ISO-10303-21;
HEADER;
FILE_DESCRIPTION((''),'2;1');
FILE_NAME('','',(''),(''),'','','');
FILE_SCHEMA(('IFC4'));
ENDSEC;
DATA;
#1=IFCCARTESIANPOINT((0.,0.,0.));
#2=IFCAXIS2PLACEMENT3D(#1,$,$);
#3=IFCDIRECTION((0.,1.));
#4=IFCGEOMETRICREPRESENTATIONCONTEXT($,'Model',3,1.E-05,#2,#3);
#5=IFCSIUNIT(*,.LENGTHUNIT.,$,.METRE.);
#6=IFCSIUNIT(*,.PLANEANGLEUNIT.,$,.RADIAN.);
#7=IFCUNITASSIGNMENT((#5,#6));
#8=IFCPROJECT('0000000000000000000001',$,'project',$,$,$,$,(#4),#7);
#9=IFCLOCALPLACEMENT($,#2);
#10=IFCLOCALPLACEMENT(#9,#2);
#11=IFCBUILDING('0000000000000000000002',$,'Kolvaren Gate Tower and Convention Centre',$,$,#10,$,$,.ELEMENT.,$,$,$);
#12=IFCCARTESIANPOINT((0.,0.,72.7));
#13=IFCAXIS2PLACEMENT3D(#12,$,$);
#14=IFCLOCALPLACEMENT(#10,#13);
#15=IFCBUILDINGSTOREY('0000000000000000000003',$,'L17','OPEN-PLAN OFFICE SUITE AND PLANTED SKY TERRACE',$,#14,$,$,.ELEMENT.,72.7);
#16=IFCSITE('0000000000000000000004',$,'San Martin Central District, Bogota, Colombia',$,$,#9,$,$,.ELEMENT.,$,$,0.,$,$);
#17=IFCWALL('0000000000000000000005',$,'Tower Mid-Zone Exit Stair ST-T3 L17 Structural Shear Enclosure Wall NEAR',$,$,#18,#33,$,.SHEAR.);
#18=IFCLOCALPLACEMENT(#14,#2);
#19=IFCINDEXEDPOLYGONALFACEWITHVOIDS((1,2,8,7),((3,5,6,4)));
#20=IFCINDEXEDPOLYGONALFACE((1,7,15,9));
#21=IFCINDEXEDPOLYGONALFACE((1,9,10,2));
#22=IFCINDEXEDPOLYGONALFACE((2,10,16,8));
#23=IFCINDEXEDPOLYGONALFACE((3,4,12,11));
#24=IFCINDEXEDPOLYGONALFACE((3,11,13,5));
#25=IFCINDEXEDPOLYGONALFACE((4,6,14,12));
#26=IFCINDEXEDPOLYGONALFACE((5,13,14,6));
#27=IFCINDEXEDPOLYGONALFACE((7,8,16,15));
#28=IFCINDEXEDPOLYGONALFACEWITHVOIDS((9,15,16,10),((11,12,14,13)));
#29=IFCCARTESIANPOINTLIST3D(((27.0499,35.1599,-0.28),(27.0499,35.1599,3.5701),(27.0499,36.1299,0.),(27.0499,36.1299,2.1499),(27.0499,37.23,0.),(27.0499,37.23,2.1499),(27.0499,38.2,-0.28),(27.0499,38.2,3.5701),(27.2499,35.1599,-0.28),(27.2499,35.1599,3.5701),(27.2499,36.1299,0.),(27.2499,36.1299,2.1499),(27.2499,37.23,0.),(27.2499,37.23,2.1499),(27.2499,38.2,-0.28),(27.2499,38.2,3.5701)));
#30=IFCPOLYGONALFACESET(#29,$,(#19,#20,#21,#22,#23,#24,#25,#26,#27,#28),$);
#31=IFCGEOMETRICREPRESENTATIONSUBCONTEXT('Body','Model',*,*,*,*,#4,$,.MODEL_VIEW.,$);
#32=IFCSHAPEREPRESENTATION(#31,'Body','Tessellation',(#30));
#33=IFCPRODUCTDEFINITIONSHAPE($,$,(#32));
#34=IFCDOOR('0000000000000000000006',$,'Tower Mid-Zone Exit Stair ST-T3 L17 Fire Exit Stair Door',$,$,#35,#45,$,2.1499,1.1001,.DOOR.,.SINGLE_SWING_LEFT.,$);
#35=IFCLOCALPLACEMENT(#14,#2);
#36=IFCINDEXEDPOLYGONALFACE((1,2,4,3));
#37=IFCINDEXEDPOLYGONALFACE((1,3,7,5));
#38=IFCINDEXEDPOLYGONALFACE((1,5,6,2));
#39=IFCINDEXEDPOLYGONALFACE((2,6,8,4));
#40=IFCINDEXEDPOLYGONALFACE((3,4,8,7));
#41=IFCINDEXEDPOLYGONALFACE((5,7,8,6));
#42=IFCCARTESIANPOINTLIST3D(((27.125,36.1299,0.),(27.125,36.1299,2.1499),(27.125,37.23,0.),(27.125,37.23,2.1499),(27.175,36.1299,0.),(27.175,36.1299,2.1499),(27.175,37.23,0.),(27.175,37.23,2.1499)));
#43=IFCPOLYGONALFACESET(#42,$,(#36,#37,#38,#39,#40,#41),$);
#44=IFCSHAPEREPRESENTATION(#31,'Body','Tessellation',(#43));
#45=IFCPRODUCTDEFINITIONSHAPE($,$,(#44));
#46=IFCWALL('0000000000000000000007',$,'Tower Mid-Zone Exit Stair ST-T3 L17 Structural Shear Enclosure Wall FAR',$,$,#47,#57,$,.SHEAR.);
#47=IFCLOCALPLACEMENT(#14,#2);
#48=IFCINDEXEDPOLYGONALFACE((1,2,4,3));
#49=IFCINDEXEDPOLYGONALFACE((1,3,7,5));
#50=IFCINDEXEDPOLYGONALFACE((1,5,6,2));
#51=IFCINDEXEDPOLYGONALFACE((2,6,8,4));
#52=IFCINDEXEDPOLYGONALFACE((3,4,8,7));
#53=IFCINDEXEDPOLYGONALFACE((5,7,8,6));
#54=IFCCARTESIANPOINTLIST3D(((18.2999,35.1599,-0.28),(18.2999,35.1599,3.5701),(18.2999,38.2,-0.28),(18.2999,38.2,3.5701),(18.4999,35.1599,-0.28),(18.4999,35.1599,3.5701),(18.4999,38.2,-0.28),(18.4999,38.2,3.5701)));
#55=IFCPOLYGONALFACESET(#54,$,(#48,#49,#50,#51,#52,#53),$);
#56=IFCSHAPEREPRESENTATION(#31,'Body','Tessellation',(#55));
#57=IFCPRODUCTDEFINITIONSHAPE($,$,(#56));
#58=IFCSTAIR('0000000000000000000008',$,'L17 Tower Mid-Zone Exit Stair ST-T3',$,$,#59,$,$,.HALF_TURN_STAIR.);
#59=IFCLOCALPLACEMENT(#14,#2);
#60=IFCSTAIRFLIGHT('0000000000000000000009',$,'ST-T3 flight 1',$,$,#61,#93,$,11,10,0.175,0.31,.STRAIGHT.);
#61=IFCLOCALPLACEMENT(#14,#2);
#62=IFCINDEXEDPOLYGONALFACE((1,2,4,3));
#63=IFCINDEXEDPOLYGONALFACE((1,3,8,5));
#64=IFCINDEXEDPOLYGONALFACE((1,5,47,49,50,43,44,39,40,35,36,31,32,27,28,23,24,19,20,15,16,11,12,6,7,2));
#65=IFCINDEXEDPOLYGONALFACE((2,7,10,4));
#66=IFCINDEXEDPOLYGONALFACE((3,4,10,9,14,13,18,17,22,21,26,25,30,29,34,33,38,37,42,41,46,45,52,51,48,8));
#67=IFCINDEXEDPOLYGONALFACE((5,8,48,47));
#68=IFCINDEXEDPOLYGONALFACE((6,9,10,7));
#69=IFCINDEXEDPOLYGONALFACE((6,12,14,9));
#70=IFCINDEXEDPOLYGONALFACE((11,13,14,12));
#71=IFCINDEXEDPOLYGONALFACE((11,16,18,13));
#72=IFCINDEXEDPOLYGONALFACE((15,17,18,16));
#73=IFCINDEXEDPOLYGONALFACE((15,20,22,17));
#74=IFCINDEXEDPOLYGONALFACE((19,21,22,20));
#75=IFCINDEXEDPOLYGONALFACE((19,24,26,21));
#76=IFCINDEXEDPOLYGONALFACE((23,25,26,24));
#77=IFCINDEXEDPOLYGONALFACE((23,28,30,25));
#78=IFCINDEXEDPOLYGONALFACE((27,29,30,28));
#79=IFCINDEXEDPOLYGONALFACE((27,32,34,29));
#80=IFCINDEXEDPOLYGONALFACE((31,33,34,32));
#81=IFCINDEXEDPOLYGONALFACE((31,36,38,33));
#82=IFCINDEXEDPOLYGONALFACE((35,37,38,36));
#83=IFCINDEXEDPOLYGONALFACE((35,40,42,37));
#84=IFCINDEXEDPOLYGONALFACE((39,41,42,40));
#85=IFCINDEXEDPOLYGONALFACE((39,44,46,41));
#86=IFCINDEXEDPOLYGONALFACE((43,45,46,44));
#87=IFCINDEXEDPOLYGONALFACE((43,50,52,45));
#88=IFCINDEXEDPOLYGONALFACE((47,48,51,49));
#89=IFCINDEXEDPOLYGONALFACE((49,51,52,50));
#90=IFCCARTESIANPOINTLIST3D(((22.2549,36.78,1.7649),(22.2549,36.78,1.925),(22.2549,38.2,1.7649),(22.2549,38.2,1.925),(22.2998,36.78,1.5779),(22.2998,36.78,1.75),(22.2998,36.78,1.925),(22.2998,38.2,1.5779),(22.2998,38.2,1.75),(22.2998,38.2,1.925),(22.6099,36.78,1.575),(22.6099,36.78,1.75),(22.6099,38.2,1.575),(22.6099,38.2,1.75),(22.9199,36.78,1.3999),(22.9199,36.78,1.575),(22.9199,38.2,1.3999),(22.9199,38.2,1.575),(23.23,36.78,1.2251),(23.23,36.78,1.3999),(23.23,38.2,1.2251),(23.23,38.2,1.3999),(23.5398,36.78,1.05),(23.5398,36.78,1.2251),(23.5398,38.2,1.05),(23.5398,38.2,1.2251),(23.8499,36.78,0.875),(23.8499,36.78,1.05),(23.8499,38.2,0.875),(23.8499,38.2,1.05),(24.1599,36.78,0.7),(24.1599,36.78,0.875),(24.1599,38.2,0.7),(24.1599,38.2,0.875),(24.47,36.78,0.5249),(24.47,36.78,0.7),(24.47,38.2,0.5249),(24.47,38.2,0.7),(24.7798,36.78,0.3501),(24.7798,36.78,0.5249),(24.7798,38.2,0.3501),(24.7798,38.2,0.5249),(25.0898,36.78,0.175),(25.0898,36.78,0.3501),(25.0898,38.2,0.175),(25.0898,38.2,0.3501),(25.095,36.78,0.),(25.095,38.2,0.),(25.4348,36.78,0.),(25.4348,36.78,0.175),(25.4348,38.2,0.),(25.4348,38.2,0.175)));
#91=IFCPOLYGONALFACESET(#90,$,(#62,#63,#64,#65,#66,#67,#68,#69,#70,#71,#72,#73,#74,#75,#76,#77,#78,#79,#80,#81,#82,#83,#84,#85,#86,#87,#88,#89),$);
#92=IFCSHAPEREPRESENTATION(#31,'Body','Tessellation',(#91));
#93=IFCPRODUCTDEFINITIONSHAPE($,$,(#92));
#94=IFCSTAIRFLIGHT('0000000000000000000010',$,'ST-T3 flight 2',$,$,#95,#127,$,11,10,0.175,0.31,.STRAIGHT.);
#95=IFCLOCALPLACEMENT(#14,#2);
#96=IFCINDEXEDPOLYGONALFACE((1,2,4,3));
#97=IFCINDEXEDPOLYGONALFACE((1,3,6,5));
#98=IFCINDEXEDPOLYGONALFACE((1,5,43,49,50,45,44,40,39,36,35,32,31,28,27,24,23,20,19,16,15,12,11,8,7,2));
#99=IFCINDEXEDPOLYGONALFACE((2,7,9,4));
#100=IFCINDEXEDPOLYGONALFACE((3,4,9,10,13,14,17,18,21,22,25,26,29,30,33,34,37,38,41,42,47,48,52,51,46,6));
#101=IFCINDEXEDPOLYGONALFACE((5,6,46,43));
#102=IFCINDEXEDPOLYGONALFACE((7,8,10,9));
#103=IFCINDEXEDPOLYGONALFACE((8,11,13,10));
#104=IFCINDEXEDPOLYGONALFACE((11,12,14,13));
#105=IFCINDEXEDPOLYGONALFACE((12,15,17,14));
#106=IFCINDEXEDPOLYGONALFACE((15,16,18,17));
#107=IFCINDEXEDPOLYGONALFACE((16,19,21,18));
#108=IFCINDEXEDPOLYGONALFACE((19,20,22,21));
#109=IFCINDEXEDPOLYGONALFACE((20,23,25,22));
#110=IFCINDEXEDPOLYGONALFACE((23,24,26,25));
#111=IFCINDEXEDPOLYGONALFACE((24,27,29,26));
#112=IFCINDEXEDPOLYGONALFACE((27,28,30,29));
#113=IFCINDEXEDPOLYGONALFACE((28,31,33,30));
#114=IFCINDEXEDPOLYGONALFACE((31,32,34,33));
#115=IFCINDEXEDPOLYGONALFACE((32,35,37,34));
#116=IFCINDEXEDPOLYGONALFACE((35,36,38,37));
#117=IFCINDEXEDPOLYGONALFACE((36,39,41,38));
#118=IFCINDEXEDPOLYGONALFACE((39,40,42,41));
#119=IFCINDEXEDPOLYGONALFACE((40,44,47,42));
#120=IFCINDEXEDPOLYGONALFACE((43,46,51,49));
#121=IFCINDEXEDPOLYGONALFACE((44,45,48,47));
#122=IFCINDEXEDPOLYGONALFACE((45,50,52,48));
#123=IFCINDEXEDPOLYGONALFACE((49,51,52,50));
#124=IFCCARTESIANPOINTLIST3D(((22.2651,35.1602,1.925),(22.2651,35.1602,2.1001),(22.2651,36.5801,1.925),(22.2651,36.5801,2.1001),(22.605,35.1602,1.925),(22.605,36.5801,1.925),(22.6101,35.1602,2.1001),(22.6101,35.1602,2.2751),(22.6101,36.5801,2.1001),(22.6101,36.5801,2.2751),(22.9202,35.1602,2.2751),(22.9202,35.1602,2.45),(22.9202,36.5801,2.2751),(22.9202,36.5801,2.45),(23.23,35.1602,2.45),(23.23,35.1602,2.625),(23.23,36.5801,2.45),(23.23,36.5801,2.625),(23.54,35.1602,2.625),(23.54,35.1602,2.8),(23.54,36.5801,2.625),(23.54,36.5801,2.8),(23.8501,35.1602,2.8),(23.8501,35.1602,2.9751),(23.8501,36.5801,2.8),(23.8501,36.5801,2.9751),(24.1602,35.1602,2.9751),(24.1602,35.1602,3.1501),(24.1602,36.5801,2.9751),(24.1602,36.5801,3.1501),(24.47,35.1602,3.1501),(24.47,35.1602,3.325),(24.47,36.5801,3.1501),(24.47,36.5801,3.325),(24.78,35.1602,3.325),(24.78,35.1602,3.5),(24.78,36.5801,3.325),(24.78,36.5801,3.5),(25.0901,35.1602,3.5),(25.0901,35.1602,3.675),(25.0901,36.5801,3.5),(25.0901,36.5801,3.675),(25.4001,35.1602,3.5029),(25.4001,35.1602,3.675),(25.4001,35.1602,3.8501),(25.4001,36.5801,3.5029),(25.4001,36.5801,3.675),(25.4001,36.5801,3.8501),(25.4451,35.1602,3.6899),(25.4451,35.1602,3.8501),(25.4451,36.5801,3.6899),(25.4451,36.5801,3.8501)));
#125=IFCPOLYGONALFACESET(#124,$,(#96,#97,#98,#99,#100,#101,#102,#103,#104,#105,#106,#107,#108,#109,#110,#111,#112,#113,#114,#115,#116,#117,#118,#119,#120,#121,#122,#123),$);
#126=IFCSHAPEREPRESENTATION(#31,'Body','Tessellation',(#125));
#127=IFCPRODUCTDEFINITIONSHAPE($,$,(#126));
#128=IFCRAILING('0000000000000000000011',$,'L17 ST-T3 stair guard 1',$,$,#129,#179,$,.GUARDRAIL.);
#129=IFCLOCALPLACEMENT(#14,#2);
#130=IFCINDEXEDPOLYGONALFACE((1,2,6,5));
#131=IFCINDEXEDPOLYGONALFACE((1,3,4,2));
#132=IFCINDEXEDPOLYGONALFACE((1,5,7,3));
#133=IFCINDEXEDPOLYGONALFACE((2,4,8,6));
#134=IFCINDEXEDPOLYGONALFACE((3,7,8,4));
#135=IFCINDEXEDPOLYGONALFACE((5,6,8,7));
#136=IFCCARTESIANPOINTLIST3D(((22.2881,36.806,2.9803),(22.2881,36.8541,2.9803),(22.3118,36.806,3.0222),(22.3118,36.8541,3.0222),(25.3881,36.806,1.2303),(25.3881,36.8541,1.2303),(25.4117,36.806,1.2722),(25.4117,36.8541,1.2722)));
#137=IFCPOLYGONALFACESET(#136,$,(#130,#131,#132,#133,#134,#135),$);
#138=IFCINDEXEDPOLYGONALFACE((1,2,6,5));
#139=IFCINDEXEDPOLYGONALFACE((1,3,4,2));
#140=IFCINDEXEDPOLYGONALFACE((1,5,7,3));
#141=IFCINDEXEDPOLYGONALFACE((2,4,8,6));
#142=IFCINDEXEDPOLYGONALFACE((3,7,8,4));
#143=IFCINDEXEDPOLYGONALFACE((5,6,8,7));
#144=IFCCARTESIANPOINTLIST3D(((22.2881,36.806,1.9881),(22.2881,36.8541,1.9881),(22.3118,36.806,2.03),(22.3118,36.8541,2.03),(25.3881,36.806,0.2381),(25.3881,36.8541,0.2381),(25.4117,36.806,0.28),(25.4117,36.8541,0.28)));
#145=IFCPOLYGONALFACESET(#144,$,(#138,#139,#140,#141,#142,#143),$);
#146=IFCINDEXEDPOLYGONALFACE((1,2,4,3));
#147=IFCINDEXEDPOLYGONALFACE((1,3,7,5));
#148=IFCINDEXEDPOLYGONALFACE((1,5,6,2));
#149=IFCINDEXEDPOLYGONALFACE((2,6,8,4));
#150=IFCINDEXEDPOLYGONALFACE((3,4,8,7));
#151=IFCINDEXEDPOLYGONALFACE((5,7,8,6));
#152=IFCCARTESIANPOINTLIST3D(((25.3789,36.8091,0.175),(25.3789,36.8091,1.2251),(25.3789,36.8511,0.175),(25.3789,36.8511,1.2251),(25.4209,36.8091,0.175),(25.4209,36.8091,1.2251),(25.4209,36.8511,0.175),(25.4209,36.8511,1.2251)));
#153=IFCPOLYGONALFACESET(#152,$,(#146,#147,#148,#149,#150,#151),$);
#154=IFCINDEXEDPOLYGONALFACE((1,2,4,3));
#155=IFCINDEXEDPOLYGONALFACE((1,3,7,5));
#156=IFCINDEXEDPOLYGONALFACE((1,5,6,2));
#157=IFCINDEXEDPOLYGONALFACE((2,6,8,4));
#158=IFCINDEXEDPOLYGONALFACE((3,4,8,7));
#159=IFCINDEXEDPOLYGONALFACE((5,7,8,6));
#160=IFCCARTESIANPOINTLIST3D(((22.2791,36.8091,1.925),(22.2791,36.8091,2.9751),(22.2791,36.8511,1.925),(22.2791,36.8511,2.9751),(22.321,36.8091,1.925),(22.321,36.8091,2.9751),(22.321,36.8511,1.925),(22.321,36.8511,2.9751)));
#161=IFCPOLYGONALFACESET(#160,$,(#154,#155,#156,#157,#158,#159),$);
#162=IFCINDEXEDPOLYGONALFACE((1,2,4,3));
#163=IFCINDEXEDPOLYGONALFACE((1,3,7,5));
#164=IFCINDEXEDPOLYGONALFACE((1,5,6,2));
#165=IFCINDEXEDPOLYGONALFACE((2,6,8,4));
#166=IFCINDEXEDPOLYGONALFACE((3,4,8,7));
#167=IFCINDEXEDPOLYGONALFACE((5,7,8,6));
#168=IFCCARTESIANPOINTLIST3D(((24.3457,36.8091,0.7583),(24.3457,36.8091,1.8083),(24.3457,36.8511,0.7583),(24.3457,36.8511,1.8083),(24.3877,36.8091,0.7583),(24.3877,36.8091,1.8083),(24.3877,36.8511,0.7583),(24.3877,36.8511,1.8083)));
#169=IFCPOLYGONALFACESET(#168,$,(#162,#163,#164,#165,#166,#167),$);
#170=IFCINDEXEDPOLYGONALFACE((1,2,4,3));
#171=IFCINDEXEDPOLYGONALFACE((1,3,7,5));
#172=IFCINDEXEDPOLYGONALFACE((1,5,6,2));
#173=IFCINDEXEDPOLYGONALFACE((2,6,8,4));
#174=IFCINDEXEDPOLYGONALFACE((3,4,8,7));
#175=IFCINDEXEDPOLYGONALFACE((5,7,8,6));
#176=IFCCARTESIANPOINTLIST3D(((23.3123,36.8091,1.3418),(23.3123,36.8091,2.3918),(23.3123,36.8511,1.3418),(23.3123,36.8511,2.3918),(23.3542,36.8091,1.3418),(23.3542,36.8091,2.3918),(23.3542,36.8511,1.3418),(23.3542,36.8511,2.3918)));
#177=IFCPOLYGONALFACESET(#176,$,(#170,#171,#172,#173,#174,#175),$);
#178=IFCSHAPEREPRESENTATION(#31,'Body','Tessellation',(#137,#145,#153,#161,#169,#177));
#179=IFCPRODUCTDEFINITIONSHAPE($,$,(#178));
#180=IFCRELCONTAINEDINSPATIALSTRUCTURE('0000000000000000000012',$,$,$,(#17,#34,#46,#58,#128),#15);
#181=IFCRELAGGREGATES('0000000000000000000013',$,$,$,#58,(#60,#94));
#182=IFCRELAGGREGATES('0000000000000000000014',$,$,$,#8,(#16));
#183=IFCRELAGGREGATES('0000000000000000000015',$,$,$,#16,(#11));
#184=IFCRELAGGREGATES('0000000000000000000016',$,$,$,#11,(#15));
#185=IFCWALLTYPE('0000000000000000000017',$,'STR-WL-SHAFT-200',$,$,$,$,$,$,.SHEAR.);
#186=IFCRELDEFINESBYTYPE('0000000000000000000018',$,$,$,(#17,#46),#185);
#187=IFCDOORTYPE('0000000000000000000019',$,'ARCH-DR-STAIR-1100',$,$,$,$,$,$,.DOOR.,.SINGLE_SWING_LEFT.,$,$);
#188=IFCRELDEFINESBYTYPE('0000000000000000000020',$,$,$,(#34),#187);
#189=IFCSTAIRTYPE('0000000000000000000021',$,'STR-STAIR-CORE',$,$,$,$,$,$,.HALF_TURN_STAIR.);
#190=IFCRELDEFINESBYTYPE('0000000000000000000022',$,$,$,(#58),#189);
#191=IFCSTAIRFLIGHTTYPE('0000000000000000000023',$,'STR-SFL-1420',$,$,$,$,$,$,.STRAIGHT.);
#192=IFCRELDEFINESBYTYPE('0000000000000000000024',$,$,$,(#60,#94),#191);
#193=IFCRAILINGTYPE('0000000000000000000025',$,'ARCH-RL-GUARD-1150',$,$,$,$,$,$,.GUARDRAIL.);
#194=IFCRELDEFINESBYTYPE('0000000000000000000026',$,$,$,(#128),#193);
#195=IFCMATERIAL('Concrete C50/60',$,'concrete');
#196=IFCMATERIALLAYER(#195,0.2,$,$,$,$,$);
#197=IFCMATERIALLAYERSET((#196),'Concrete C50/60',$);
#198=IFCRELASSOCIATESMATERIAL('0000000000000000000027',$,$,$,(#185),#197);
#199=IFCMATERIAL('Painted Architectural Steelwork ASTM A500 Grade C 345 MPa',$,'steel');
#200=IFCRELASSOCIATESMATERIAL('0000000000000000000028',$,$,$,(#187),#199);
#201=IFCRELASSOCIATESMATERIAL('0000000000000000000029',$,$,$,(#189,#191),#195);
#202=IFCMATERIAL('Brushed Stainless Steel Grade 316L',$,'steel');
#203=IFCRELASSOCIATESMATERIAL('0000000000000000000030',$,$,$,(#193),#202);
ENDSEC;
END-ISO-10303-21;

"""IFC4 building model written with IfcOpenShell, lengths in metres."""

from ifc_helpers import new_model, si_unit, direction, frame, frame_2d, origin, origin_2d, place, context, subcontext, project, spatial, polyline, rectangle, outline, extrude, material, layer, layer_set, type_object, element, fill, aggregate, save


model = new_model("IFC4")

# Units and contexts
model_context = context("Model", 3, precision=1e-05, world=origin(), true_north=direction((0.0, 1.0)))
body_context = subcontext(model_context, "Body", "Model", "MODEL_VIEW")
ifc_project = project(units=[si_unit("LENGTHUNIT", "METRE"), si_unit("PLANEANGLEUNIT", "RADIAN")], contexts=[model_context])

# Site, building, storey
site_placement = place(None, origin())
site = spatial("IfcSite", under=ifc_project, at=site_placement, Name="San Martin Central District, Bogota, Colombia", CompositionType="ELEMENT", RefElevation=0.0)
building_placement = place(site_placement, origin())
building = spatial("IfcBuilding", under=site, at=building_placement, Name="Kolvaren Gate Tower and Convention Centre", CompositionType="ELEMENT")
storey_placement = place(building_placement, frame((0.0, 0.0, 72.7)))
storey = spatial("IfcBuildingStorey", under=building, at=storey_placement, Name="L17", Description="OPEN-PLAN OFFICE SUITE AND PLANTED SKY TERRACE", CompositionType="ELEMENT", Elevation=72.7)

# Wall, opening, door
ifc_material_1 = material(Name="Concrete C50/60", Category="concrete")
ifc_layer_1 = layer(ifc_material_1, 0.2)
ifc_layer_set_1 = layer_set([ifc_layer_1], Name="Concrete C50/60")
wall_type_1 = type_object("IfcWallType", Name="STR-WL-SHAFT-200", PredefinedType="SHEAR", material=ifc_layer_set_1)
wall_1_placement = place(storey_placement, frame((27.1499, 35.1599, -0.28), z_axis=(0.0, 0.0, 1.0), x_axis=(0.0, 1.0, 0.0)))
wall_1 = element("IfcWall", 1, at=wall_1_placement, inside=storey, type_object=wall_type_1, Name="Tower Mid-Zone Exit Stair ST-T3 L17 Structural Shear Enclosure Wall NEAR", PredefinedType="SHEAR", context=body_context, shape_type="SweptSolid", body=[
    extrude(rectangle(XDim=3.04, YDim=0.2, at=frame_2d((1.52, 0.0))), origin(), (0.0, 0.0, 1.0), 3.8501),
])
opening_1_placement = place(wall_1_placement, frame((0.97, 0.0, 0.28)))
opening_1 = element("IfcOpeningElement", 2, at=opening_1_placement, cuts=wall_1, PredefinedType="OPENING", context=body_context, shape_type="SweptSolid", body=[
    extrude(rectangle(XDim=1.1001, YDim=2.1499, at=frame_2d((0.55, 1.075))), frame((0.0, 0.1099, 0.0), z_axis=(0.0, -1.0, 0.0), x_axis=(1.0, 0.0, 0.0)), (0.0, 0.0, 1.0), 0.22),
])
ifc_material_2 = material(Name="Painted Architectural Steelwork ASTM A500 Grade C 345 MPa", Category="steel")
door_type = type_object("IfcDoorType", Name="ARCH-DR-STAIR-1100", OperationType="SINGLE_SWING_LEFT", PredefinedType="DOOR", material=ifc_material_2)
door_placement = place(opening_1_placement, origin())
door = element("IfcDoor", 3, at=door_placement, inside=storey, type_object=door_type, Name="Tower Mid-Zone Exit Stair ST-T3 L17 Fire Exit Stair Door", OperationType="SINGLE_SWING_LEFT", OverallHeight=2.1499, OverallWidth=1.1001, PredefinedType="DOOR", context=body_context, shape_type="SweptSolid", body=[
    extrude(rectangle(XDim=1.1001, YDim=2.1499, at=frame_2d((0.55, 1.075))), frame((0.0, 0.0249, 0.0), z_axis=(0.0, -1.0, 0.0), x_axis=(1.0, 0.0, 0.0)), (0.0, 0.0, 1.0), 0.05),
])
fill(opening_1, door)

# Wall
wall_2_placement = place(storey_placement, frame((18.3999, 35.1599, -0.28), z_axis=(0.0, 0.0, 1.0), x_axis=(0.0, 1.0, 0.0)))
element("IfcWall", 4, at=wall_2_placement, inside=storey, type_object=wall_type_1, Name="Tower Mid-Zone Exit Stair ST-T3 L17 Structural Shear Enclosure Wall FAR", PredefinedType="SHEAR", context=body_context, shape_type="SweptSolid", body=[
    extrude(rectangle(XDim=3.04, YDim=0.2, at=frame_2d((1.52, 0.0))), origin(), (0.0, 0.0, 1.0), 3.8501),
])

# Stair, stair flights
stair_type = type_object("IfcStairType", Name="STR-STAIR-CORE", PredefinedType="HALF_TURN_STAIR", material=ifc_material_1)
stair_placement = place(storey_placement, origin())
stair = element("IfcStair", 5, at=stair_placement, inside=storey, type_object=stair_type, Name="L17 Tower Mid-Zone Exit Stair ST-T3", PredefinedType="HALF_TURN_STAIR")
stair_flight_type = type_object("IfcStairFlightType", Name="STR-SFL-1420", PredefinedType="STRAIGHT", material=ifc_material_1)
stair_flight_1_placement = place(storey_placement, frame((25.3999, 37.49, 0.0), z_axis=(0.0, 0.0, 1.0), x_axis=(-1.0, 0.0, 0.0)))
stair_flight_1 = element("IfcStairFlight", 6, at=stair_flight_1_placement, type_object=stair_flight_type, Name="ST-T3 flight 1", NumberOfRisers=11, NumberOfTreads=10, PredefinedType="STRAIGHT", RiserHeight=0.175, TreadLength=0.31, context=body_context, shape_type="SweptSolid", body=[
    extrude(outline(polyline([(-0.0349, 0.0), (-0.0349, 0.175), (0.3101, 0.175), (0.3101, 0.3501), (0.6201, 0.3501), (0.6201, 0.5249), (0.9299, 0.5249), (0.9299, 0.7), (1.24, 0.7), (1.24, 0.875), (1.55, 0.875), (1.55, 1.05), (1.8601, 1.05), (1.8601, 1.2251), (2.1699, 1.2251), (2.1699, 1.3999), (2.48, 1.3999), (2.48, 1.575), (2.79, 1.575), (2.79, 1.75), (3.1001, 1.75), (3.1001, 1.925), (3.145, 1.925), (3.145, 1.7649), (3.1001, 1.5779), (0.3049, 0.0), (-0.0349, 0.0)])), frame((0.0, 0.71, 0.0), z_axis=(0.0, -1.0, 0.0), x_axis=(1.0, 0.0, 0.0)), (0.0, 0.0, 1.0), 1.4199),
])
stair_flight_2_placement = place(storey_placement, frame((22.3, 35.8701, 1.925), z_axis=(0.0, 0.0, 1.0), x_axis=(1.0, 0.0, 0.0)))
stair_flight_2 = element("IfcStairFlight", 7, at=stair_flight_2_placement, type_object=stair_flight_type, Name="ST-T3 flight 2", NumberOfRisers=11, NumberOfTreads=10, PredefinedType="STRAIGHT", RiserHeight=0.175, TreadLength=0.31, context=body_context, shape_type="SweptSolid", body=[
    extrude(outline(polyline([(-0.0349, 0.0), (-0.0349, 0.175), (0.3101, 0.175), (0.3101, 0.3501), (0.6201, 0.3501), (0.6201, 0.5249), (0.9299, 0.5249), (0.9299, 0.7), (1.24, 0.7), (1.24, 0.875), (1.55, 0.875), (1.55, 1.05), (1.8601, 1.05), (1.8601, 1.2251), (2.1699, 1.2251), (2.1699, 1.3999), (2.48, 1.3999), (2.48, 1.575), (2.79, 1.575), (2.79, 1.75), (3.1001, 1.75), (3.1001, 1.925), (3.145, 1.925), (3.145, 1.7649), (3.1001, 1.5779), (0.3049, 0.0), (-0.0349, 0.0)])), frame((0.0, 0.71, 0.0), z_axis=(0.0, -1.0, 0.0), x_axis=(1.0, 0.0, 0.0)), (0.0, 0.0, 1.0), 1.4199),
])
aggregate(stair, [stair_flight_1, stair_flight_2])

# Railing
ifc_material_3 = material(Name="Brushed Stainless Steel Grade 316L", Category="steel")
railing_type_1 = type_object("IfcRailingType", Name="ARCH-RL-GUARD-1150", PredefinedType="GUARDRAIL", material=ifc_material_3)
railing_1_placement = place(storey_placement, frame((25.3999, 36.8301, 0.175)))
element("IfcRailing", 8, at=railing_1_placement, inside=storey, type_object=railing_type_1, Name="L17 ST-T3 stair guard 1", PredefinedType="GUARDRAIL", context=body_context, shape_type="SweptSolid", body=[
    extrude(rectangle(XDim=0.0481, YDim=0.0481, at=origin_2d()), frame((0.0, 0.0, 1.0762), z_axis=(-0.870814, 0.0, 0.491612), x_axis=(0.0, -1.0, 0.0)), (0.0, 0.0, 1.0), 3.5598),
    extrude(rectangle(XDim=0.0481, YDim=0.0481, at=origin_2d()), frame((0.0, 0.0, 0.084), z_axis=(-0.870814, 0.0, 0.491612), x_axis=(0.0, -1.0, 0.0)), (0.0, 0.0, 1.0), 3.5598),
    extrude(rectangle(XDim=0.042, YDim=0.042, at=origin_2d()), origin(), (0.0, 0.0, 1.0), 1.05),
    extrude(rectangle(XDim=0.042, YDim=0.042, at=origin_2d()), frame((-3.0999, 0.0, 1.75)), (0.0, 0.0, 1.0), 1.05),
    extrude(rectangle(XDim=0.042, YDim=0.042, at=origin_2d()), frame((-1.0332, 0.0, 0.5833)), (0.0, 0.0, 1.0), 1.05),
    extrude(rectangle(XDim=0.042, YDim=0.042, at=origin_2d()), frame((-2.0667, 0.0, 1.1667)), (0.0, 0.0, 1.0), 1.05),
])

save(model, "model.ifc")
